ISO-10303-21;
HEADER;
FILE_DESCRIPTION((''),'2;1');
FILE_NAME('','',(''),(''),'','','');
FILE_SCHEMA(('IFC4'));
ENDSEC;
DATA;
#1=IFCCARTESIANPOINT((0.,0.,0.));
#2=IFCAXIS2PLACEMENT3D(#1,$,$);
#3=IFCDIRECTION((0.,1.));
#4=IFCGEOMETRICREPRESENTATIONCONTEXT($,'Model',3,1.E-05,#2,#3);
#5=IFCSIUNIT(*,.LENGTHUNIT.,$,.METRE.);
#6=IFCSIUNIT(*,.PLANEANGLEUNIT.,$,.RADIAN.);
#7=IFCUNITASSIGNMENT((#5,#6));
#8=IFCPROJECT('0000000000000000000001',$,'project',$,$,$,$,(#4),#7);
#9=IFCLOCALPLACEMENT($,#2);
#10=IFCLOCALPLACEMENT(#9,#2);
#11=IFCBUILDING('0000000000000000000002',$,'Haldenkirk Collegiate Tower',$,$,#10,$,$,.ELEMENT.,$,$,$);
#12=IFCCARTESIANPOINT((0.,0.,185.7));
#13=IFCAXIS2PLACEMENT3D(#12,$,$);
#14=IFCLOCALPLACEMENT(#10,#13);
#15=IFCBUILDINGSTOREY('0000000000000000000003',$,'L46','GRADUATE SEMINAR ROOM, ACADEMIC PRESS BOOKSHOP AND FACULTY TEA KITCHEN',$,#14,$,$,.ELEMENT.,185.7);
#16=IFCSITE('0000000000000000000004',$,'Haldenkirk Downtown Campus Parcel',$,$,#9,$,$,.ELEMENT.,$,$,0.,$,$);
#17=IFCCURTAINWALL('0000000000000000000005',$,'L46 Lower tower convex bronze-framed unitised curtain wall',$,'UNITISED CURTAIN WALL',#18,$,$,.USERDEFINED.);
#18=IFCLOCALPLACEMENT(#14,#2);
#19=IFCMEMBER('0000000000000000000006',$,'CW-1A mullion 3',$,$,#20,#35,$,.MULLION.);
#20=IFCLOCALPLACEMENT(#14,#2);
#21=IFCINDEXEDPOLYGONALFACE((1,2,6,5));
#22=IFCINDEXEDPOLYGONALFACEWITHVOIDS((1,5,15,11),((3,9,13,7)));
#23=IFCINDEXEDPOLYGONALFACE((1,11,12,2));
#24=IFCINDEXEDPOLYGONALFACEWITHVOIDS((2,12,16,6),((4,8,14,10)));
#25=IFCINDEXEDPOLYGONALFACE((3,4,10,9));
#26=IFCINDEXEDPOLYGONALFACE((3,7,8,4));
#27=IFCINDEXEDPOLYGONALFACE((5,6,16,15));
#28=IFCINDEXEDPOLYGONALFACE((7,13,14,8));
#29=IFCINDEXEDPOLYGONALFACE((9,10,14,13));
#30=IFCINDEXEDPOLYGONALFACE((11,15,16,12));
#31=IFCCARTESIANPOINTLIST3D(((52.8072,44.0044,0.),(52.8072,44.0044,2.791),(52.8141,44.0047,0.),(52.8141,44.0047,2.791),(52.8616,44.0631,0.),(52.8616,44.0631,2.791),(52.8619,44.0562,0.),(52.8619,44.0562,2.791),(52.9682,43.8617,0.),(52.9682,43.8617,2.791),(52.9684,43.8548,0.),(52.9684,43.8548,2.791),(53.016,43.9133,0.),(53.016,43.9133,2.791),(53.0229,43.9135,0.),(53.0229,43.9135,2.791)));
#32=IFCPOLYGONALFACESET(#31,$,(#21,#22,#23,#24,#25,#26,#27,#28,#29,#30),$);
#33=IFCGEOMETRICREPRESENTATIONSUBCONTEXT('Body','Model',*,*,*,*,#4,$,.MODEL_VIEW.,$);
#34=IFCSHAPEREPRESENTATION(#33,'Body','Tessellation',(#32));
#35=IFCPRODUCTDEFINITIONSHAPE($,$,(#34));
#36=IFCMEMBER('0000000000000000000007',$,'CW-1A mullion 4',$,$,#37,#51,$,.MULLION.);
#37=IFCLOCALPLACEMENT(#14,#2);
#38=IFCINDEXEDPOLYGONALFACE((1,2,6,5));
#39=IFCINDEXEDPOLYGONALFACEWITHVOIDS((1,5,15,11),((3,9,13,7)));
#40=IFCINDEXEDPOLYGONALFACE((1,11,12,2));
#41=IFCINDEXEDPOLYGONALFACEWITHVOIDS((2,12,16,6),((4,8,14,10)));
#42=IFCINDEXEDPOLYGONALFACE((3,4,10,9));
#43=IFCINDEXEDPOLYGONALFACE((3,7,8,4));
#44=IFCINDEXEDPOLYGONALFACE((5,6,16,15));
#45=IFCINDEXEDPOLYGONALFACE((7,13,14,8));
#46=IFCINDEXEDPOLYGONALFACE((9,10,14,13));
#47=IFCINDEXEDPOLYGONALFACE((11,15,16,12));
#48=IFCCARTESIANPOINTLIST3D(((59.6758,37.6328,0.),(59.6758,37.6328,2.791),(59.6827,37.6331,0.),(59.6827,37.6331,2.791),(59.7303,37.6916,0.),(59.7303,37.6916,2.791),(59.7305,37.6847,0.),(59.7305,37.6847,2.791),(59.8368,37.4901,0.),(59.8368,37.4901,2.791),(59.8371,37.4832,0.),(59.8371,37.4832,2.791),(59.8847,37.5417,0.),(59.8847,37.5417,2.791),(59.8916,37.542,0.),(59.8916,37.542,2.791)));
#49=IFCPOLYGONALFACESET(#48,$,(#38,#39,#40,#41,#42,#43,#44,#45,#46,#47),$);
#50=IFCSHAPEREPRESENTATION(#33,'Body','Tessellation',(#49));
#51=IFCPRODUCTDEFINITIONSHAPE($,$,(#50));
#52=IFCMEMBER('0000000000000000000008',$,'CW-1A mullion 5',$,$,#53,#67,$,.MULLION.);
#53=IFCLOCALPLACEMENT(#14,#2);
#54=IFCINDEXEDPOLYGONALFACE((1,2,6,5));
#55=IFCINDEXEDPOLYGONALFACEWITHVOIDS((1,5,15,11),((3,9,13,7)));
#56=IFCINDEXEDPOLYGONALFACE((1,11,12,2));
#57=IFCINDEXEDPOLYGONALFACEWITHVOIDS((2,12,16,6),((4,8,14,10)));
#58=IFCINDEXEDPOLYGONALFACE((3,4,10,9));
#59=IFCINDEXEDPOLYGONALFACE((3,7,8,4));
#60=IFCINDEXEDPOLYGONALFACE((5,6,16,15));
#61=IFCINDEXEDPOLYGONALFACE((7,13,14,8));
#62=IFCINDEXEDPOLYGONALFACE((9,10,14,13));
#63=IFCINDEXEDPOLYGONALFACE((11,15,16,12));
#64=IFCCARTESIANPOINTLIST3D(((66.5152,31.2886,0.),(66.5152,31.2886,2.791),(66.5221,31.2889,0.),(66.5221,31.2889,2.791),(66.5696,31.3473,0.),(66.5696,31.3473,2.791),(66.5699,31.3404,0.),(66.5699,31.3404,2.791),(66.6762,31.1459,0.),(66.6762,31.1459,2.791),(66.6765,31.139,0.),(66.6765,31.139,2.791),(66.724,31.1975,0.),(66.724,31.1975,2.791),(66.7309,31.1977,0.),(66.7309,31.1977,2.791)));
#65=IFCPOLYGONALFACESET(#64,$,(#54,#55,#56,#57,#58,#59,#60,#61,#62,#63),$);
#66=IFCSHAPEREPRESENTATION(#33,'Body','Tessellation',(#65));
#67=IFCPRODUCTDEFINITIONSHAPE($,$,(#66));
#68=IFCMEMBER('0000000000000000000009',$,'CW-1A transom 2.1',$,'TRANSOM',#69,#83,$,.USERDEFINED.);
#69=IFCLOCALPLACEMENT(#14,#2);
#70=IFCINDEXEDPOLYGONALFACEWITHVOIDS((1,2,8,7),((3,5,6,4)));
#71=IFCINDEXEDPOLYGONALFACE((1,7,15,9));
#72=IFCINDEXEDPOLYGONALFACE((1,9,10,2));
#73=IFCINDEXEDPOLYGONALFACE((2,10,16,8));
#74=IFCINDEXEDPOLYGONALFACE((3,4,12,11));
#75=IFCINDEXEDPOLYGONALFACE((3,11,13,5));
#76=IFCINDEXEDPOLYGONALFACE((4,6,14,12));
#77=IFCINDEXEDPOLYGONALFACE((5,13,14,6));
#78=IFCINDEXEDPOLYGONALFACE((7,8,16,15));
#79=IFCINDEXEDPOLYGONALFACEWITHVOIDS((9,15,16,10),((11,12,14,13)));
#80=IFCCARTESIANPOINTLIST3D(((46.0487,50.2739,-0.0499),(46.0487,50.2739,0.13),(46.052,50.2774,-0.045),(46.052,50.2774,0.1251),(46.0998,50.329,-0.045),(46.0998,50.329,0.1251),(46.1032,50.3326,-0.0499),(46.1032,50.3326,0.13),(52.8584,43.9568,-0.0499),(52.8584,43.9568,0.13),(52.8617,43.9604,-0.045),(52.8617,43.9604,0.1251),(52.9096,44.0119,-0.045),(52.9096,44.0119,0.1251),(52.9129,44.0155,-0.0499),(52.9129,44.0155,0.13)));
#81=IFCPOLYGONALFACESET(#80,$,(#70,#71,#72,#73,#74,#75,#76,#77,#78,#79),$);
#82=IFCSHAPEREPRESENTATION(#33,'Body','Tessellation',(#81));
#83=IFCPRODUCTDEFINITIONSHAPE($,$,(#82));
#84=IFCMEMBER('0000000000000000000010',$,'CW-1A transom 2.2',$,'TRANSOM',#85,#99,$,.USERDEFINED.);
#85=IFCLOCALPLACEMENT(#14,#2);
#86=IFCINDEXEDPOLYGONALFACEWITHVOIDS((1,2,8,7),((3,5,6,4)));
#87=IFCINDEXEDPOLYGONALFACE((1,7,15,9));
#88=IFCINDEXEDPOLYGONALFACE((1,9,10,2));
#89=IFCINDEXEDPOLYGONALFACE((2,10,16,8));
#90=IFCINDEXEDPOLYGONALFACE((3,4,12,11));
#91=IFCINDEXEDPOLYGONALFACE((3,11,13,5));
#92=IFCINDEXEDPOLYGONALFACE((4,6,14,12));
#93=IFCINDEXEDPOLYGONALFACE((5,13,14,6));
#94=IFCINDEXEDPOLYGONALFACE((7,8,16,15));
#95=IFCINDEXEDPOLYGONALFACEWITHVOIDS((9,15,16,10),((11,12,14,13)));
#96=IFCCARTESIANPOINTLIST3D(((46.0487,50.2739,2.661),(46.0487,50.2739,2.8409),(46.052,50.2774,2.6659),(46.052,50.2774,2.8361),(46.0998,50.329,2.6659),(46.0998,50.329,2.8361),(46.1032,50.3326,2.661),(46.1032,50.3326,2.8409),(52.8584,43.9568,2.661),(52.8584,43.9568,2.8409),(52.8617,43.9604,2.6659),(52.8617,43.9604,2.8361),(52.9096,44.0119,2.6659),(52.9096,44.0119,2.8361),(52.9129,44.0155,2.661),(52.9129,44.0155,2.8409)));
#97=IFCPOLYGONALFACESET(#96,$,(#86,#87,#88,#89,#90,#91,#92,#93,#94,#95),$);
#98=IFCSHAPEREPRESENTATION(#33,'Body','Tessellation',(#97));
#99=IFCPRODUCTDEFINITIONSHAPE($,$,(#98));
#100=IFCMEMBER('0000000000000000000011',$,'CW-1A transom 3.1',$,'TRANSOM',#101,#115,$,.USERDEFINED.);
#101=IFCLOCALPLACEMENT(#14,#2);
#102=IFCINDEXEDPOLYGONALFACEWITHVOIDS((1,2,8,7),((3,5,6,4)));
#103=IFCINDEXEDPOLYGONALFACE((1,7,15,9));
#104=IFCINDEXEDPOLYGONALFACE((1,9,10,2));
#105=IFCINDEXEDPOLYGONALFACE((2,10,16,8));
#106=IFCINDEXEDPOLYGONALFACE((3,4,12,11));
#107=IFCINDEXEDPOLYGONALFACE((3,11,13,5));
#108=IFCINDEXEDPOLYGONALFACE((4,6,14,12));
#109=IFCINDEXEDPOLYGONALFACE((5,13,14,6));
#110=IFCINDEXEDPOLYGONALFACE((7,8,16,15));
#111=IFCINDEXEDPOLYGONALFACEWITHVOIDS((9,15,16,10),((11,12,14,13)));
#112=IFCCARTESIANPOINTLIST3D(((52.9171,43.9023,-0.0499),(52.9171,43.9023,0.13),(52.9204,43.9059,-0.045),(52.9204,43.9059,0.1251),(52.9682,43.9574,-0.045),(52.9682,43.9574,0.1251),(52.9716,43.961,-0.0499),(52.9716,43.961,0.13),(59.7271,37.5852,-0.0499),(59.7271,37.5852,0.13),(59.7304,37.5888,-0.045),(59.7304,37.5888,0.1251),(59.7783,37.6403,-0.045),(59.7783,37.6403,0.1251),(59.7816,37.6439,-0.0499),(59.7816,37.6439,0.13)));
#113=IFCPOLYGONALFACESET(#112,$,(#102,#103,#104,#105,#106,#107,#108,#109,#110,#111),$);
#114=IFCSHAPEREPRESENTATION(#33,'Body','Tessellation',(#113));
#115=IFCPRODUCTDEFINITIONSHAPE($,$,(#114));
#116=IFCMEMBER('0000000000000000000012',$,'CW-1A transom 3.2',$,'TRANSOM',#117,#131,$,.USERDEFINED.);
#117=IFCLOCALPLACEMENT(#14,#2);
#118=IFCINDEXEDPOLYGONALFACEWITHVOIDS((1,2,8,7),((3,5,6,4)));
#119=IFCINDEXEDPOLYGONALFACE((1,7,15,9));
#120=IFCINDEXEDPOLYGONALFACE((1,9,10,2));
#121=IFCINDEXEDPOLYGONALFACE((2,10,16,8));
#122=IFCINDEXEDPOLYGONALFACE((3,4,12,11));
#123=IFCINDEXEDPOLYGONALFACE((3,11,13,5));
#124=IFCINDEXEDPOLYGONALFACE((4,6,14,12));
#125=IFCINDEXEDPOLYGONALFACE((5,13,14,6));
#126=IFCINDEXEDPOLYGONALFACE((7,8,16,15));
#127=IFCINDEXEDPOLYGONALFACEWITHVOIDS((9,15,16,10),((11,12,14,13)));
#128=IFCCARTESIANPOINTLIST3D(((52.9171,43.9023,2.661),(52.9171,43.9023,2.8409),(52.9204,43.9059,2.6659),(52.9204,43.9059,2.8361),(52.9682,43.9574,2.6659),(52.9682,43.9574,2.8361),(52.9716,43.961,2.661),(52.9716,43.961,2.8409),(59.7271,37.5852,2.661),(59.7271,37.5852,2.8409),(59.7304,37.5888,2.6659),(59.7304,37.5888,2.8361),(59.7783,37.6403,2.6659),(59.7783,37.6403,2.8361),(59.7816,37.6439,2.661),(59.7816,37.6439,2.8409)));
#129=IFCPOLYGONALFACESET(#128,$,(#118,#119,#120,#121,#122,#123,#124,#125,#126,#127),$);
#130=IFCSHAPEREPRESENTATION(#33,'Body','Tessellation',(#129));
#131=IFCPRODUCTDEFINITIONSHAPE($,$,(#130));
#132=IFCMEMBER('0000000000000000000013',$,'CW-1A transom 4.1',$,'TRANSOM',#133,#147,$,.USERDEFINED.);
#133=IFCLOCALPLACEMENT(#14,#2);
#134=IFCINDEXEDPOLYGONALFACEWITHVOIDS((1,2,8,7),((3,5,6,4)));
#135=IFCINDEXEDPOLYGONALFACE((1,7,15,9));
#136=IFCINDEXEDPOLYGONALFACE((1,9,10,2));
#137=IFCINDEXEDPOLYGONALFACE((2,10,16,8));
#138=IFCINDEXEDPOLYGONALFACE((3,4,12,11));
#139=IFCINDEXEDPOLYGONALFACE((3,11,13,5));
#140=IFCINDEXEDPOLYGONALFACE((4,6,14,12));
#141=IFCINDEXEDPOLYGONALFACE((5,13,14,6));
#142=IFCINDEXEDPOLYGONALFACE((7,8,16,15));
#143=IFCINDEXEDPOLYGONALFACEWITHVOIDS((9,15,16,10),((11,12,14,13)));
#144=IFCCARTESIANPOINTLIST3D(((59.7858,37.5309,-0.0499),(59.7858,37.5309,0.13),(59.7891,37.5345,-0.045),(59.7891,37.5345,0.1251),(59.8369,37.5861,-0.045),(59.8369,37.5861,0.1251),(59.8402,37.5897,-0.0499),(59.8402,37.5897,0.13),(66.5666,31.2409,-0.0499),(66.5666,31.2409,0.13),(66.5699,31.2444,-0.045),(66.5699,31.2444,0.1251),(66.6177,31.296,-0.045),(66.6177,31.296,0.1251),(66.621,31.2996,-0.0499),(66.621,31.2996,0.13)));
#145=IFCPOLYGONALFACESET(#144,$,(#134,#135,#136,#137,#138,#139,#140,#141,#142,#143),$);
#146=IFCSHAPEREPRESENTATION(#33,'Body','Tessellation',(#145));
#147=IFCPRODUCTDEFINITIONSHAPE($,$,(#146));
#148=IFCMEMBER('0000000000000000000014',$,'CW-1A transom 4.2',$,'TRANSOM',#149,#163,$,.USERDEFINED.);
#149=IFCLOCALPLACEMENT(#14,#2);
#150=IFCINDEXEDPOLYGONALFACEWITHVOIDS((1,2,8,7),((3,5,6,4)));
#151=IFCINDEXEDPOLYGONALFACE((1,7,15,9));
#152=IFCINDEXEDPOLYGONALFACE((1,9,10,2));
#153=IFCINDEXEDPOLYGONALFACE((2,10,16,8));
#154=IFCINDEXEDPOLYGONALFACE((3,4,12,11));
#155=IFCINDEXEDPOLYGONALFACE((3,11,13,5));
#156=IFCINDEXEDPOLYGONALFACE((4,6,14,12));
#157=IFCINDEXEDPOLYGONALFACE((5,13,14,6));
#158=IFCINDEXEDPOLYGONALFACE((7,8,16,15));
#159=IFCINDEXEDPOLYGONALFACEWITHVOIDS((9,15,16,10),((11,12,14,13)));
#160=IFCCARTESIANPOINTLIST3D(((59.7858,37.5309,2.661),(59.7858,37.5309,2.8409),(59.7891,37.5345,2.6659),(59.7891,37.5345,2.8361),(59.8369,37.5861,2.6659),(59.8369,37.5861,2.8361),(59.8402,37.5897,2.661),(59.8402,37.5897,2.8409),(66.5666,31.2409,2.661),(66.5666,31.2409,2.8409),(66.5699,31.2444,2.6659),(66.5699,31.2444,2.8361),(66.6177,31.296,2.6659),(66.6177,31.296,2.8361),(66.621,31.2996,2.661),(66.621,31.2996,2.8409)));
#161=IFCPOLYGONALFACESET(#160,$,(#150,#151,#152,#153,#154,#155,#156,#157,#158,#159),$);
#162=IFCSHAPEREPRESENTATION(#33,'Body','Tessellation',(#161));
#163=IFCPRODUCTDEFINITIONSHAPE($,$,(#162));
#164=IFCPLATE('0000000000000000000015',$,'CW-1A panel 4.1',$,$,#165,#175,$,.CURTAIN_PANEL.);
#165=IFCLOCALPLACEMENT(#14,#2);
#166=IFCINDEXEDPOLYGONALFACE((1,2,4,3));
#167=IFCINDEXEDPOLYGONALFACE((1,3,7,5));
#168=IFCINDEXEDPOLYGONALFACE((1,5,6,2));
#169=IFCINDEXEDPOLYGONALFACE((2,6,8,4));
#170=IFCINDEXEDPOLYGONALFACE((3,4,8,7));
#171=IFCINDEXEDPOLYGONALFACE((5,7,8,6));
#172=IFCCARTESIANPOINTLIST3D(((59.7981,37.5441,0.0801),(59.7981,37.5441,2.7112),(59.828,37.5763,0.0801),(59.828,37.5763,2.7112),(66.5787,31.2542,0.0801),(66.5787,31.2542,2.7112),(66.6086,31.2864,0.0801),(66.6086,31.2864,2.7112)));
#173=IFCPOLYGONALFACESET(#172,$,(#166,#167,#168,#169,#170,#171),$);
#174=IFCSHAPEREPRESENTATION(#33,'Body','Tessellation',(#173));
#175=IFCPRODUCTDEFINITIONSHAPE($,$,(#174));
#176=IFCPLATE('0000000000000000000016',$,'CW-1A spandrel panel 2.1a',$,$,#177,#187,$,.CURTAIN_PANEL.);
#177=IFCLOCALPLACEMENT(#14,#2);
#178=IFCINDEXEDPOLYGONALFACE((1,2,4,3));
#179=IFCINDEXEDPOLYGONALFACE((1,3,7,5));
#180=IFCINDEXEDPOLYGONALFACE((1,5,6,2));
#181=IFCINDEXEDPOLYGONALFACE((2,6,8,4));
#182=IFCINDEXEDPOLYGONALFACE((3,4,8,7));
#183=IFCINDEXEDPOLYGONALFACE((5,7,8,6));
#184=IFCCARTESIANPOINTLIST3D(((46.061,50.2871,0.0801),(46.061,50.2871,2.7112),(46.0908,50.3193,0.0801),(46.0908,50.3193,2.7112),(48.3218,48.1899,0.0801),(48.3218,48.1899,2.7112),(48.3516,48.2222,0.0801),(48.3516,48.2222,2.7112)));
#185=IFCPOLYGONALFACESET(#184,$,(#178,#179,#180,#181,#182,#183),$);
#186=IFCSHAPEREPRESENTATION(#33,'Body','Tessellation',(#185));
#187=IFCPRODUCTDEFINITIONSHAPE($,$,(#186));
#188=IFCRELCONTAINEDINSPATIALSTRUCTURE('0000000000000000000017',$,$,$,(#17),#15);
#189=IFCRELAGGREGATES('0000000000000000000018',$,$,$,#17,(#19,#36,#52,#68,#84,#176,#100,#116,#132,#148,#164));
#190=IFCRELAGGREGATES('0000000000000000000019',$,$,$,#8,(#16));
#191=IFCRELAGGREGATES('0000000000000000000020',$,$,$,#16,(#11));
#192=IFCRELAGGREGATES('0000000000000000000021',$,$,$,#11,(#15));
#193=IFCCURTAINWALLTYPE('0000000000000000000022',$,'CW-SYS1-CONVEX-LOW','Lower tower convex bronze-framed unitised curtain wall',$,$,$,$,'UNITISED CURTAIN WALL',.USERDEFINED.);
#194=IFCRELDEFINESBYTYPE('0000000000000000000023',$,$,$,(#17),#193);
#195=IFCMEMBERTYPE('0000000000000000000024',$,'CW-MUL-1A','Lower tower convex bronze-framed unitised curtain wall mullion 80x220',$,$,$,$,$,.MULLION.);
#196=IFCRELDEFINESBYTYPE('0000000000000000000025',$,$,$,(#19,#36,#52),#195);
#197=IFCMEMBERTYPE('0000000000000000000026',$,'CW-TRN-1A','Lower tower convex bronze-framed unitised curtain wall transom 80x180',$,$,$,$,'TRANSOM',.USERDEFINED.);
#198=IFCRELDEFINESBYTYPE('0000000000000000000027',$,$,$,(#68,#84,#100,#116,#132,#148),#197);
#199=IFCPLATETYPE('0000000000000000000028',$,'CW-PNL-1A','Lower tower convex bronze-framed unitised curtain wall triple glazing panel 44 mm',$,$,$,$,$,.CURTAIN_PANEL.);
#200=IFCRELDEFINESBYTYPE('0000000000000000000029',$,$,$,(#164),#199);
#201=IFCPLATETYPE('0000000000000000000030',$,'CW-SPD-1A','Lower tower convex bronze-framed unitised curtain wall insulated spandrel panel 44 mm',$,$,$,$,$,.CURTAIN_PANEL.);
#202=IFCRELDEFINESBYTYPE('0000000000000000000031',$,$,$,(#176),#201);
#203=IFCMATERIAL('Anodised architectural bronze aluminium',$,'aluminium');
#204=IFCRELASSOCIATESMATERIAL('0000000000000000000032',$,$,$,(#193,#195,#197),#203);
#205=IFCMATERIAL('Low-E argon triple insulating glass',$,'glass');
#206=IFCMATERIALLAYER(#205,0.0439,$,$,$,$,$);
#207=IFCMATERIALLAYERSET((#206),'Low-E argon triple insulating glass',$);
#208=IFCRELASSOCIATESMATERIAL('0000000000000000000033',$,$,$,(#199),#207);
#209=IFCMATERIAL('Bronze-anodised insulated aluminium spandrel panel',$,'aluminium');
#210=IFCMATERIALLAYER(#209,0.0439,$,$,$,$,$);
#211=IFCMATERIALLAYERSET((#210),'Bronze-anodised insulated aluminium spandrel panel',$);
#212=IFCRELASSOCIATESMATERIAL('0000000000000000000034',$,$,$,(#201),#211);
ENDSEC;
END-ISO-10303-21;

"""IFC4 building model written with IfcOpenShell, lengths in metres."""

from ifc_helpers import new_model, si_unit, direction, frame, origin, origin_2d, place, context, subcontext, project, spatial, rectangle, hollow_rectangle, extrude, source, transform, mapped, material, layer, layer_set, material_profile, profile_set, type_object, element, aggregate, save


model = new_model("IFC4")

# Units and contexts
model_context = context("Model", 3, precision=1e-05, world=origin(), true_north=direction((0.0, 1.0)))
body_context = subcontext(model_context, "Body", "Model", "MODEL_VIEW")
ifc_project = project(units=[si_unit("LENGTHUNIT", "METRE"), si_unit("PLANEANGLEUNIT", "RADIAN")], contexts=[model_context])

# Site, building, storey
site_placement = place(None, origin())
site = spatial("IfcSite", under=ifc_project, at=site_placement, Name="Haldenkirk Downtown Campus Parcel", CompositionType="ELEMENT", RefElevation=0.0)
building_placement = place(site_placement, origin())
building = spatial("IfcBuilding", under=site, at=building_placement, Name="Haldenkirk Collegiate Tower", CompositionType="ELEMENT")
storey_placement = place(building_placement, frame((0.0, 0.0, 185.7)))
storey = spatial("IfcBuildingStorey", under=building, at=storey_placement, Name="L46", Description="GRADUATE SEMINAR ROOM, ACADEMIC PRESS BOOKSHOP AND FACULTY TEA KITCHEN", CompositionType="ELEMENT", Elevation=185.7)

# Curtain wall, members, plates
ifc_material_1 = material(Name="Anodised architectural bronze aluminium", Category="aluminium")
curtain_wall_type = type_object("IfcCurtainWallType", Name="CW-SYS1-CONVEX-LOW", Description="Lower tower convex bronze-framed unitised curtain wall", ElementType="UNITISED CURTAIN WALL", PredefinedType="USERDEFINED", material=ifc_material_1)
curtain_wall_placement = place(storey_placement, origin())
curtain_wall = element("IfcCurtainWall", 1, at=curtain_wall_placement, inside=storey, type_object=curtain_wall_type, Name="L46 Lower tower convex bronze-framed unitised curtain wall", ObjectType="UNITISED CURTAIN WALL", PredefinedType="USERDEFINED")
ifc_material_profile_1 = material_profile(ifc_material_1, hollow_rectangle(XDim=0.0801, YDim=0.22, WallThickness=0.0049, at=origin_2d()), Name="CW-MUL-1A")
ifc_profile_set_1 = profile_set([ifc_material_profile_1], Name="Anodised architectural bronze aluminium")
member_type_1 = type_object("IfcMemberType", Name="CW-MUL-1A", Description="Lower tower convex bronze-framed unitised curtain wall mullion 80x220", PredefinedType="MULLION", material=ifc_profile_set_1)
member_1_placement = place(storey_placement, frame((52.915, 43.959, 0.0), z_axis=(0.0, 0.0, 1.0), x_axis=(0.680079, 0.733139, 0.0)))
member_1 = element("IfcMember", 2, at=member_1_placement, type_object=member_type_1, Name="CW-1A mullion 3", PredefinedType="MULLION", context=body_context, shape_type="SweptSolid", body=[
    extrude(hollow_rectangle(XDim=0.0801, YDim=0.22, WallThickness=0.0049, at=origin_2d()), origin(), (0.0, 0.0, 1.0), 2.791),
])
member_2_placement = place(storey_placement, frame((59.7837, 37.5874, 0.0), z_axis=(0.0, 0.0, 1.0), x_axis=(0.680079, 0.733139, 0.0)))
member_2 = element("IfcMember", 3, at=member_2_placement, type_object=member_type_1, Name="CW-1A mullion 4", PredefinedType="MULLION", context=body_context, shape_type="SweptSolid", body=[
    extrude(hollow_rectangle(XDim=0.0801, YDim=0.22, WallThickness=0.0049, at=origin_2d()), origin(), (0.0, 0.0, 1.0), 2.791),
])
member_3_placement = place(storey_placement, frame((66.623, 31.2432, 0.0), z_axis=(0.0, 0.0, 1.0), x_axis=(0.680079, 0.733139, 0.0)))
member_3 = element("IfcMember", 4, at=member_3_placement, type_object=member_type_1, Name="CW-1A mullion 5", PredefinedType="MULLION", context=body_context, shape_type="SweptSolid", body=[
    extrude(hollow_rectangle(XDim=0.0801, YDim=0.22, WallThickness=0.0049, at=origin_2d()), origin(), (0.0, 0.0, 1.0), 2.791),
])
ifc_material_profile_2 = material_profile(ifc_material_1, hollow_rectangle(XDim=0.0801, YDim=0.1799, WallThickness=0.0049, at=origin_2d()), Name="CW-TRN-1A")
ifc_profile_set_2 = profile_set([ifc_material_profile_2], Name="Anodised architectural bronze aluminium")
member_type_2 = type_object("IfcMemberType", Name="CW-TRN-1A", Description="Lower tower convex bronze-framed unitised curtain wall transom 80x180", ElementType="TRANSOM", PredefinedType="USERDEFINED", material=ifc_profile_set_2)
member_4_placement = place(storey_placement, frame((46.0759, 50.3032, 0.04), z_axis=(0.733129, -0.680089, 0.0), x_axis=(0.680089, 0.733129, 0.0)))
member_4 = element("IfcMember", 5, at=member_4_placement, type_object=member_type_2, Name="CW-1A transom 2.1", ObjectType="TRANSOM", PredefinedType="USERDEFINED", context=body_context, shape_type="SweptSolid", body=[
    extrude(hollow_rectangle(XDim=0.0801, YDim=0.1799, WallThickness=0.0049, at=origin_2d()), origin(), (0.0, 0.0, 1.0), 9.2886),
])
member_5_placement = place(storey_placement, frame((46.0759, 50.3032, 2.751), z_axis=(0.733129, -0.680089, 0.0), x_axis=(0.680089, 0.733129, 0.0)))
member_5 = element("IfcMember", 6, at=member_5_placement, type_object=member_type_2, Name="CW-1A transom 2.2", ObjectType="TRANSOM", PredefinedType="USERDEFINED", context=body_context, shape_type="SweptSolid", body=[
    extrude(hollow_rectangle(XDim=0.0801, YDim=0.1799, WallThickness=0.0049, at=origin_2d()), origin(), (0.0, 0.0, 1.0), 9.2886),
])
member_6_placement = place(storey_placement, frame((52.9443, 43.9316, 0.04), z_axis=(0.733142, -0.680076, 0.0), x_axis=(0.680076, 0.733142, 0.0)))
member_6 = element("IfcMember", 7, at=member_6_placement, type_object=member_type_2, Name="CW-1A transom 3.1", ObjectType="TRANSOM", PredefinedType="USERDEFINED", context=body_context, shape_type="SweptSolid", body=[
    extrude(hollow_rectangle(XDim=0.0801, YDim=0.1799, WallThickness=0.0049, at=origin_2d()), origin(), (0.0, 0.0, 1.0), 9.2888),
])
member_7_placement = place(storey_placement, frame((52.9443, 43.9316, 2.751), z_axis=(0.733142, -0.680076, 0.0), x_axis=(0.680076, 0.733142, 0.0)))
member_7 = element("IfcMember", 8, at=member_7_placement, type_object=member_type_2, Name="CW-1A transom 3.2", ObjectType="TRANSOM", PredefinedType="USERDEFINED", context=body_context, shape_type="SweptSolid", body=[
    extrude(hollow_rectangle(XDim=0.0801, YDim=0.1799, WallThickness=0.0049, at=origin_2d()), origin(), (0.0, 0.0, 1.0), 9.2888),
])
member_8_placement = place(storey_placement, frame((59.813, 37.5603, 0.04), z_axis=(0.733137, -0.68008, 0.0), x_axis=(0.68008, 0.733137, 0.0)))
member_8 = element("IfcMember", 9, at=member_8_placement, type_object=member_type_2, Name="CW-1A transom 4.1", ObjectType="TRANSOM", PredefinedType="USERDEFINED", context=body_context, shape_type="SweptSolid", body=[
    extrude(hollow_rectangle(XDim=0.0801, YDim=0.1799, WallThickness=0.0049, at=origin_2d()), origin(), (0.0, 0.0, 1.0), 9.249),
])
member_9_placement = place(storey_placement, frame((59.813, 37.5603, 2.751), z_axis=(0.733137, -0.68008, 0.0), x_axis=(0.68008, 0.733137, 0.0)))
member_9 = element("IfcMember", 10, at=member_9_placement, type_object=member_type_2, Name="CW-1A transom 4.2", ObjectType="TRANSOM", PredefinedType="USERDEFINED", context=body_context, shape_type="SweptSolid", body=[
    extrude(hollow_rectangle(XDim=0.0801, YDim=0.1799, WallThickness=0.0049, at=origin_2d()), origin(), (0.0, 0.0, 1.0), 9.249),
])
ifc_material_2 = material(Name="Low-E argon triple insulating glass", Category="glass")
ifc_layer_1 = layer(ifc_material_2, 0.0439)
ifc_layer_set_1 = layer_set([ifc_layer_1], Name="Low-E argon triple insulating glass")
plate_type_1 = type_object("IfcPlateType", Name="CW-PNL-1A", Description="Lower tower convex bronze-framed unitised curtain wall triple glazing panel 44 mm", PredefinedType="CURTAIN_PANEL", material=ifc_layer_set_1)
shared_shape_1 = source(origin(), body_context, "Body", "SweptSolid", [
    extrude(rectangle(XDim=9.2488, YDim=0.0439, at=origin_2d()), origin(), (0.0, 0.0, 1.0), 2.6311),
])
plate_1_placement = place(storey_placement, frame((63.2034, 34.4153, 0.0801), z_axis=(0.0, 0.0, 1.0), x_axis=(0.733139, -0.680079, 0.0)))
plate_1 = element("IfcPlate", 11, at=plate_1_placement, type_object=plate_type_1, Name="CW-1A panel 4.1", PredefinedType="CURTAIN_PANEL", context=body_context, shape_type="MappedRepresentation", body=[
    mapped(shared_shape_1, transform((0.0, 0.0, 0.0), x_axis=(1.0, 0.0, 0.0), y_axis=(0.0, 1.0, 0.0), z_axis=(0.0, 0.0, 1.0), scale=1.0)),
])
ifc_material_3 = material(Name="Bronze-anodised insulated aluminium spandrel panel", Category="aluminium")
ifc_layer_2 = layer(ifc_material_3, 0.0439)
ifc_layer_set_2 = layer_set([ifc_layer_2], Name="Bronze-anodised insulated aluminium spandrel panel")
plate_type_2 = type_object("IfcPlateType", Name="CW-SPD-1A", Description="Lower tower convex bronze-framed unitised curtain wall insulated spandrel panel 44 mm", PredefinedType="CURTAIN_PANEL", material=ifc_layer_set_2)
shared_shape_2 = source(origin(), body_context, "Body", "SweptSolid", [
    extrude(rectangle(XDim=3.0837, YDim=0.0439, at=origin_2d()), origin(), (0.0, 0.0, 1.0), 2.6311),
])
plate_2_placement = place(storey_placement, frame((47.2063, 49.2546, 0.0801), z_axis=(0.0, 0.0, 1.0), x_axis=(0.733139, -0.680079, 0.0)))
plate_2 = element("IfcPlate", 12, at=plate_2_placement, type_object=plate_type_2, Name="CW-1A spandrel panel 2.1a", PredefinedType="CURTAIN_PANEL", context=body_context, shape_type="MappedRepresentation", body=[
    mapped(shared_shape_2, transform((0.0, 0.0, 0.0), x_axis=(1.0, 0.0, 0.0), y_axis=(0.0, 1.0, 0.0), z_axis=(0.0, 0.0, 1.0), scale=1.0)),
])
aggregate(curtain_wall, [member_1, member_2, member_3, member_4, member_5, plate_2, member_6, member_7, member_8, member_9, plate_1])

save(model, "model.ifc")
